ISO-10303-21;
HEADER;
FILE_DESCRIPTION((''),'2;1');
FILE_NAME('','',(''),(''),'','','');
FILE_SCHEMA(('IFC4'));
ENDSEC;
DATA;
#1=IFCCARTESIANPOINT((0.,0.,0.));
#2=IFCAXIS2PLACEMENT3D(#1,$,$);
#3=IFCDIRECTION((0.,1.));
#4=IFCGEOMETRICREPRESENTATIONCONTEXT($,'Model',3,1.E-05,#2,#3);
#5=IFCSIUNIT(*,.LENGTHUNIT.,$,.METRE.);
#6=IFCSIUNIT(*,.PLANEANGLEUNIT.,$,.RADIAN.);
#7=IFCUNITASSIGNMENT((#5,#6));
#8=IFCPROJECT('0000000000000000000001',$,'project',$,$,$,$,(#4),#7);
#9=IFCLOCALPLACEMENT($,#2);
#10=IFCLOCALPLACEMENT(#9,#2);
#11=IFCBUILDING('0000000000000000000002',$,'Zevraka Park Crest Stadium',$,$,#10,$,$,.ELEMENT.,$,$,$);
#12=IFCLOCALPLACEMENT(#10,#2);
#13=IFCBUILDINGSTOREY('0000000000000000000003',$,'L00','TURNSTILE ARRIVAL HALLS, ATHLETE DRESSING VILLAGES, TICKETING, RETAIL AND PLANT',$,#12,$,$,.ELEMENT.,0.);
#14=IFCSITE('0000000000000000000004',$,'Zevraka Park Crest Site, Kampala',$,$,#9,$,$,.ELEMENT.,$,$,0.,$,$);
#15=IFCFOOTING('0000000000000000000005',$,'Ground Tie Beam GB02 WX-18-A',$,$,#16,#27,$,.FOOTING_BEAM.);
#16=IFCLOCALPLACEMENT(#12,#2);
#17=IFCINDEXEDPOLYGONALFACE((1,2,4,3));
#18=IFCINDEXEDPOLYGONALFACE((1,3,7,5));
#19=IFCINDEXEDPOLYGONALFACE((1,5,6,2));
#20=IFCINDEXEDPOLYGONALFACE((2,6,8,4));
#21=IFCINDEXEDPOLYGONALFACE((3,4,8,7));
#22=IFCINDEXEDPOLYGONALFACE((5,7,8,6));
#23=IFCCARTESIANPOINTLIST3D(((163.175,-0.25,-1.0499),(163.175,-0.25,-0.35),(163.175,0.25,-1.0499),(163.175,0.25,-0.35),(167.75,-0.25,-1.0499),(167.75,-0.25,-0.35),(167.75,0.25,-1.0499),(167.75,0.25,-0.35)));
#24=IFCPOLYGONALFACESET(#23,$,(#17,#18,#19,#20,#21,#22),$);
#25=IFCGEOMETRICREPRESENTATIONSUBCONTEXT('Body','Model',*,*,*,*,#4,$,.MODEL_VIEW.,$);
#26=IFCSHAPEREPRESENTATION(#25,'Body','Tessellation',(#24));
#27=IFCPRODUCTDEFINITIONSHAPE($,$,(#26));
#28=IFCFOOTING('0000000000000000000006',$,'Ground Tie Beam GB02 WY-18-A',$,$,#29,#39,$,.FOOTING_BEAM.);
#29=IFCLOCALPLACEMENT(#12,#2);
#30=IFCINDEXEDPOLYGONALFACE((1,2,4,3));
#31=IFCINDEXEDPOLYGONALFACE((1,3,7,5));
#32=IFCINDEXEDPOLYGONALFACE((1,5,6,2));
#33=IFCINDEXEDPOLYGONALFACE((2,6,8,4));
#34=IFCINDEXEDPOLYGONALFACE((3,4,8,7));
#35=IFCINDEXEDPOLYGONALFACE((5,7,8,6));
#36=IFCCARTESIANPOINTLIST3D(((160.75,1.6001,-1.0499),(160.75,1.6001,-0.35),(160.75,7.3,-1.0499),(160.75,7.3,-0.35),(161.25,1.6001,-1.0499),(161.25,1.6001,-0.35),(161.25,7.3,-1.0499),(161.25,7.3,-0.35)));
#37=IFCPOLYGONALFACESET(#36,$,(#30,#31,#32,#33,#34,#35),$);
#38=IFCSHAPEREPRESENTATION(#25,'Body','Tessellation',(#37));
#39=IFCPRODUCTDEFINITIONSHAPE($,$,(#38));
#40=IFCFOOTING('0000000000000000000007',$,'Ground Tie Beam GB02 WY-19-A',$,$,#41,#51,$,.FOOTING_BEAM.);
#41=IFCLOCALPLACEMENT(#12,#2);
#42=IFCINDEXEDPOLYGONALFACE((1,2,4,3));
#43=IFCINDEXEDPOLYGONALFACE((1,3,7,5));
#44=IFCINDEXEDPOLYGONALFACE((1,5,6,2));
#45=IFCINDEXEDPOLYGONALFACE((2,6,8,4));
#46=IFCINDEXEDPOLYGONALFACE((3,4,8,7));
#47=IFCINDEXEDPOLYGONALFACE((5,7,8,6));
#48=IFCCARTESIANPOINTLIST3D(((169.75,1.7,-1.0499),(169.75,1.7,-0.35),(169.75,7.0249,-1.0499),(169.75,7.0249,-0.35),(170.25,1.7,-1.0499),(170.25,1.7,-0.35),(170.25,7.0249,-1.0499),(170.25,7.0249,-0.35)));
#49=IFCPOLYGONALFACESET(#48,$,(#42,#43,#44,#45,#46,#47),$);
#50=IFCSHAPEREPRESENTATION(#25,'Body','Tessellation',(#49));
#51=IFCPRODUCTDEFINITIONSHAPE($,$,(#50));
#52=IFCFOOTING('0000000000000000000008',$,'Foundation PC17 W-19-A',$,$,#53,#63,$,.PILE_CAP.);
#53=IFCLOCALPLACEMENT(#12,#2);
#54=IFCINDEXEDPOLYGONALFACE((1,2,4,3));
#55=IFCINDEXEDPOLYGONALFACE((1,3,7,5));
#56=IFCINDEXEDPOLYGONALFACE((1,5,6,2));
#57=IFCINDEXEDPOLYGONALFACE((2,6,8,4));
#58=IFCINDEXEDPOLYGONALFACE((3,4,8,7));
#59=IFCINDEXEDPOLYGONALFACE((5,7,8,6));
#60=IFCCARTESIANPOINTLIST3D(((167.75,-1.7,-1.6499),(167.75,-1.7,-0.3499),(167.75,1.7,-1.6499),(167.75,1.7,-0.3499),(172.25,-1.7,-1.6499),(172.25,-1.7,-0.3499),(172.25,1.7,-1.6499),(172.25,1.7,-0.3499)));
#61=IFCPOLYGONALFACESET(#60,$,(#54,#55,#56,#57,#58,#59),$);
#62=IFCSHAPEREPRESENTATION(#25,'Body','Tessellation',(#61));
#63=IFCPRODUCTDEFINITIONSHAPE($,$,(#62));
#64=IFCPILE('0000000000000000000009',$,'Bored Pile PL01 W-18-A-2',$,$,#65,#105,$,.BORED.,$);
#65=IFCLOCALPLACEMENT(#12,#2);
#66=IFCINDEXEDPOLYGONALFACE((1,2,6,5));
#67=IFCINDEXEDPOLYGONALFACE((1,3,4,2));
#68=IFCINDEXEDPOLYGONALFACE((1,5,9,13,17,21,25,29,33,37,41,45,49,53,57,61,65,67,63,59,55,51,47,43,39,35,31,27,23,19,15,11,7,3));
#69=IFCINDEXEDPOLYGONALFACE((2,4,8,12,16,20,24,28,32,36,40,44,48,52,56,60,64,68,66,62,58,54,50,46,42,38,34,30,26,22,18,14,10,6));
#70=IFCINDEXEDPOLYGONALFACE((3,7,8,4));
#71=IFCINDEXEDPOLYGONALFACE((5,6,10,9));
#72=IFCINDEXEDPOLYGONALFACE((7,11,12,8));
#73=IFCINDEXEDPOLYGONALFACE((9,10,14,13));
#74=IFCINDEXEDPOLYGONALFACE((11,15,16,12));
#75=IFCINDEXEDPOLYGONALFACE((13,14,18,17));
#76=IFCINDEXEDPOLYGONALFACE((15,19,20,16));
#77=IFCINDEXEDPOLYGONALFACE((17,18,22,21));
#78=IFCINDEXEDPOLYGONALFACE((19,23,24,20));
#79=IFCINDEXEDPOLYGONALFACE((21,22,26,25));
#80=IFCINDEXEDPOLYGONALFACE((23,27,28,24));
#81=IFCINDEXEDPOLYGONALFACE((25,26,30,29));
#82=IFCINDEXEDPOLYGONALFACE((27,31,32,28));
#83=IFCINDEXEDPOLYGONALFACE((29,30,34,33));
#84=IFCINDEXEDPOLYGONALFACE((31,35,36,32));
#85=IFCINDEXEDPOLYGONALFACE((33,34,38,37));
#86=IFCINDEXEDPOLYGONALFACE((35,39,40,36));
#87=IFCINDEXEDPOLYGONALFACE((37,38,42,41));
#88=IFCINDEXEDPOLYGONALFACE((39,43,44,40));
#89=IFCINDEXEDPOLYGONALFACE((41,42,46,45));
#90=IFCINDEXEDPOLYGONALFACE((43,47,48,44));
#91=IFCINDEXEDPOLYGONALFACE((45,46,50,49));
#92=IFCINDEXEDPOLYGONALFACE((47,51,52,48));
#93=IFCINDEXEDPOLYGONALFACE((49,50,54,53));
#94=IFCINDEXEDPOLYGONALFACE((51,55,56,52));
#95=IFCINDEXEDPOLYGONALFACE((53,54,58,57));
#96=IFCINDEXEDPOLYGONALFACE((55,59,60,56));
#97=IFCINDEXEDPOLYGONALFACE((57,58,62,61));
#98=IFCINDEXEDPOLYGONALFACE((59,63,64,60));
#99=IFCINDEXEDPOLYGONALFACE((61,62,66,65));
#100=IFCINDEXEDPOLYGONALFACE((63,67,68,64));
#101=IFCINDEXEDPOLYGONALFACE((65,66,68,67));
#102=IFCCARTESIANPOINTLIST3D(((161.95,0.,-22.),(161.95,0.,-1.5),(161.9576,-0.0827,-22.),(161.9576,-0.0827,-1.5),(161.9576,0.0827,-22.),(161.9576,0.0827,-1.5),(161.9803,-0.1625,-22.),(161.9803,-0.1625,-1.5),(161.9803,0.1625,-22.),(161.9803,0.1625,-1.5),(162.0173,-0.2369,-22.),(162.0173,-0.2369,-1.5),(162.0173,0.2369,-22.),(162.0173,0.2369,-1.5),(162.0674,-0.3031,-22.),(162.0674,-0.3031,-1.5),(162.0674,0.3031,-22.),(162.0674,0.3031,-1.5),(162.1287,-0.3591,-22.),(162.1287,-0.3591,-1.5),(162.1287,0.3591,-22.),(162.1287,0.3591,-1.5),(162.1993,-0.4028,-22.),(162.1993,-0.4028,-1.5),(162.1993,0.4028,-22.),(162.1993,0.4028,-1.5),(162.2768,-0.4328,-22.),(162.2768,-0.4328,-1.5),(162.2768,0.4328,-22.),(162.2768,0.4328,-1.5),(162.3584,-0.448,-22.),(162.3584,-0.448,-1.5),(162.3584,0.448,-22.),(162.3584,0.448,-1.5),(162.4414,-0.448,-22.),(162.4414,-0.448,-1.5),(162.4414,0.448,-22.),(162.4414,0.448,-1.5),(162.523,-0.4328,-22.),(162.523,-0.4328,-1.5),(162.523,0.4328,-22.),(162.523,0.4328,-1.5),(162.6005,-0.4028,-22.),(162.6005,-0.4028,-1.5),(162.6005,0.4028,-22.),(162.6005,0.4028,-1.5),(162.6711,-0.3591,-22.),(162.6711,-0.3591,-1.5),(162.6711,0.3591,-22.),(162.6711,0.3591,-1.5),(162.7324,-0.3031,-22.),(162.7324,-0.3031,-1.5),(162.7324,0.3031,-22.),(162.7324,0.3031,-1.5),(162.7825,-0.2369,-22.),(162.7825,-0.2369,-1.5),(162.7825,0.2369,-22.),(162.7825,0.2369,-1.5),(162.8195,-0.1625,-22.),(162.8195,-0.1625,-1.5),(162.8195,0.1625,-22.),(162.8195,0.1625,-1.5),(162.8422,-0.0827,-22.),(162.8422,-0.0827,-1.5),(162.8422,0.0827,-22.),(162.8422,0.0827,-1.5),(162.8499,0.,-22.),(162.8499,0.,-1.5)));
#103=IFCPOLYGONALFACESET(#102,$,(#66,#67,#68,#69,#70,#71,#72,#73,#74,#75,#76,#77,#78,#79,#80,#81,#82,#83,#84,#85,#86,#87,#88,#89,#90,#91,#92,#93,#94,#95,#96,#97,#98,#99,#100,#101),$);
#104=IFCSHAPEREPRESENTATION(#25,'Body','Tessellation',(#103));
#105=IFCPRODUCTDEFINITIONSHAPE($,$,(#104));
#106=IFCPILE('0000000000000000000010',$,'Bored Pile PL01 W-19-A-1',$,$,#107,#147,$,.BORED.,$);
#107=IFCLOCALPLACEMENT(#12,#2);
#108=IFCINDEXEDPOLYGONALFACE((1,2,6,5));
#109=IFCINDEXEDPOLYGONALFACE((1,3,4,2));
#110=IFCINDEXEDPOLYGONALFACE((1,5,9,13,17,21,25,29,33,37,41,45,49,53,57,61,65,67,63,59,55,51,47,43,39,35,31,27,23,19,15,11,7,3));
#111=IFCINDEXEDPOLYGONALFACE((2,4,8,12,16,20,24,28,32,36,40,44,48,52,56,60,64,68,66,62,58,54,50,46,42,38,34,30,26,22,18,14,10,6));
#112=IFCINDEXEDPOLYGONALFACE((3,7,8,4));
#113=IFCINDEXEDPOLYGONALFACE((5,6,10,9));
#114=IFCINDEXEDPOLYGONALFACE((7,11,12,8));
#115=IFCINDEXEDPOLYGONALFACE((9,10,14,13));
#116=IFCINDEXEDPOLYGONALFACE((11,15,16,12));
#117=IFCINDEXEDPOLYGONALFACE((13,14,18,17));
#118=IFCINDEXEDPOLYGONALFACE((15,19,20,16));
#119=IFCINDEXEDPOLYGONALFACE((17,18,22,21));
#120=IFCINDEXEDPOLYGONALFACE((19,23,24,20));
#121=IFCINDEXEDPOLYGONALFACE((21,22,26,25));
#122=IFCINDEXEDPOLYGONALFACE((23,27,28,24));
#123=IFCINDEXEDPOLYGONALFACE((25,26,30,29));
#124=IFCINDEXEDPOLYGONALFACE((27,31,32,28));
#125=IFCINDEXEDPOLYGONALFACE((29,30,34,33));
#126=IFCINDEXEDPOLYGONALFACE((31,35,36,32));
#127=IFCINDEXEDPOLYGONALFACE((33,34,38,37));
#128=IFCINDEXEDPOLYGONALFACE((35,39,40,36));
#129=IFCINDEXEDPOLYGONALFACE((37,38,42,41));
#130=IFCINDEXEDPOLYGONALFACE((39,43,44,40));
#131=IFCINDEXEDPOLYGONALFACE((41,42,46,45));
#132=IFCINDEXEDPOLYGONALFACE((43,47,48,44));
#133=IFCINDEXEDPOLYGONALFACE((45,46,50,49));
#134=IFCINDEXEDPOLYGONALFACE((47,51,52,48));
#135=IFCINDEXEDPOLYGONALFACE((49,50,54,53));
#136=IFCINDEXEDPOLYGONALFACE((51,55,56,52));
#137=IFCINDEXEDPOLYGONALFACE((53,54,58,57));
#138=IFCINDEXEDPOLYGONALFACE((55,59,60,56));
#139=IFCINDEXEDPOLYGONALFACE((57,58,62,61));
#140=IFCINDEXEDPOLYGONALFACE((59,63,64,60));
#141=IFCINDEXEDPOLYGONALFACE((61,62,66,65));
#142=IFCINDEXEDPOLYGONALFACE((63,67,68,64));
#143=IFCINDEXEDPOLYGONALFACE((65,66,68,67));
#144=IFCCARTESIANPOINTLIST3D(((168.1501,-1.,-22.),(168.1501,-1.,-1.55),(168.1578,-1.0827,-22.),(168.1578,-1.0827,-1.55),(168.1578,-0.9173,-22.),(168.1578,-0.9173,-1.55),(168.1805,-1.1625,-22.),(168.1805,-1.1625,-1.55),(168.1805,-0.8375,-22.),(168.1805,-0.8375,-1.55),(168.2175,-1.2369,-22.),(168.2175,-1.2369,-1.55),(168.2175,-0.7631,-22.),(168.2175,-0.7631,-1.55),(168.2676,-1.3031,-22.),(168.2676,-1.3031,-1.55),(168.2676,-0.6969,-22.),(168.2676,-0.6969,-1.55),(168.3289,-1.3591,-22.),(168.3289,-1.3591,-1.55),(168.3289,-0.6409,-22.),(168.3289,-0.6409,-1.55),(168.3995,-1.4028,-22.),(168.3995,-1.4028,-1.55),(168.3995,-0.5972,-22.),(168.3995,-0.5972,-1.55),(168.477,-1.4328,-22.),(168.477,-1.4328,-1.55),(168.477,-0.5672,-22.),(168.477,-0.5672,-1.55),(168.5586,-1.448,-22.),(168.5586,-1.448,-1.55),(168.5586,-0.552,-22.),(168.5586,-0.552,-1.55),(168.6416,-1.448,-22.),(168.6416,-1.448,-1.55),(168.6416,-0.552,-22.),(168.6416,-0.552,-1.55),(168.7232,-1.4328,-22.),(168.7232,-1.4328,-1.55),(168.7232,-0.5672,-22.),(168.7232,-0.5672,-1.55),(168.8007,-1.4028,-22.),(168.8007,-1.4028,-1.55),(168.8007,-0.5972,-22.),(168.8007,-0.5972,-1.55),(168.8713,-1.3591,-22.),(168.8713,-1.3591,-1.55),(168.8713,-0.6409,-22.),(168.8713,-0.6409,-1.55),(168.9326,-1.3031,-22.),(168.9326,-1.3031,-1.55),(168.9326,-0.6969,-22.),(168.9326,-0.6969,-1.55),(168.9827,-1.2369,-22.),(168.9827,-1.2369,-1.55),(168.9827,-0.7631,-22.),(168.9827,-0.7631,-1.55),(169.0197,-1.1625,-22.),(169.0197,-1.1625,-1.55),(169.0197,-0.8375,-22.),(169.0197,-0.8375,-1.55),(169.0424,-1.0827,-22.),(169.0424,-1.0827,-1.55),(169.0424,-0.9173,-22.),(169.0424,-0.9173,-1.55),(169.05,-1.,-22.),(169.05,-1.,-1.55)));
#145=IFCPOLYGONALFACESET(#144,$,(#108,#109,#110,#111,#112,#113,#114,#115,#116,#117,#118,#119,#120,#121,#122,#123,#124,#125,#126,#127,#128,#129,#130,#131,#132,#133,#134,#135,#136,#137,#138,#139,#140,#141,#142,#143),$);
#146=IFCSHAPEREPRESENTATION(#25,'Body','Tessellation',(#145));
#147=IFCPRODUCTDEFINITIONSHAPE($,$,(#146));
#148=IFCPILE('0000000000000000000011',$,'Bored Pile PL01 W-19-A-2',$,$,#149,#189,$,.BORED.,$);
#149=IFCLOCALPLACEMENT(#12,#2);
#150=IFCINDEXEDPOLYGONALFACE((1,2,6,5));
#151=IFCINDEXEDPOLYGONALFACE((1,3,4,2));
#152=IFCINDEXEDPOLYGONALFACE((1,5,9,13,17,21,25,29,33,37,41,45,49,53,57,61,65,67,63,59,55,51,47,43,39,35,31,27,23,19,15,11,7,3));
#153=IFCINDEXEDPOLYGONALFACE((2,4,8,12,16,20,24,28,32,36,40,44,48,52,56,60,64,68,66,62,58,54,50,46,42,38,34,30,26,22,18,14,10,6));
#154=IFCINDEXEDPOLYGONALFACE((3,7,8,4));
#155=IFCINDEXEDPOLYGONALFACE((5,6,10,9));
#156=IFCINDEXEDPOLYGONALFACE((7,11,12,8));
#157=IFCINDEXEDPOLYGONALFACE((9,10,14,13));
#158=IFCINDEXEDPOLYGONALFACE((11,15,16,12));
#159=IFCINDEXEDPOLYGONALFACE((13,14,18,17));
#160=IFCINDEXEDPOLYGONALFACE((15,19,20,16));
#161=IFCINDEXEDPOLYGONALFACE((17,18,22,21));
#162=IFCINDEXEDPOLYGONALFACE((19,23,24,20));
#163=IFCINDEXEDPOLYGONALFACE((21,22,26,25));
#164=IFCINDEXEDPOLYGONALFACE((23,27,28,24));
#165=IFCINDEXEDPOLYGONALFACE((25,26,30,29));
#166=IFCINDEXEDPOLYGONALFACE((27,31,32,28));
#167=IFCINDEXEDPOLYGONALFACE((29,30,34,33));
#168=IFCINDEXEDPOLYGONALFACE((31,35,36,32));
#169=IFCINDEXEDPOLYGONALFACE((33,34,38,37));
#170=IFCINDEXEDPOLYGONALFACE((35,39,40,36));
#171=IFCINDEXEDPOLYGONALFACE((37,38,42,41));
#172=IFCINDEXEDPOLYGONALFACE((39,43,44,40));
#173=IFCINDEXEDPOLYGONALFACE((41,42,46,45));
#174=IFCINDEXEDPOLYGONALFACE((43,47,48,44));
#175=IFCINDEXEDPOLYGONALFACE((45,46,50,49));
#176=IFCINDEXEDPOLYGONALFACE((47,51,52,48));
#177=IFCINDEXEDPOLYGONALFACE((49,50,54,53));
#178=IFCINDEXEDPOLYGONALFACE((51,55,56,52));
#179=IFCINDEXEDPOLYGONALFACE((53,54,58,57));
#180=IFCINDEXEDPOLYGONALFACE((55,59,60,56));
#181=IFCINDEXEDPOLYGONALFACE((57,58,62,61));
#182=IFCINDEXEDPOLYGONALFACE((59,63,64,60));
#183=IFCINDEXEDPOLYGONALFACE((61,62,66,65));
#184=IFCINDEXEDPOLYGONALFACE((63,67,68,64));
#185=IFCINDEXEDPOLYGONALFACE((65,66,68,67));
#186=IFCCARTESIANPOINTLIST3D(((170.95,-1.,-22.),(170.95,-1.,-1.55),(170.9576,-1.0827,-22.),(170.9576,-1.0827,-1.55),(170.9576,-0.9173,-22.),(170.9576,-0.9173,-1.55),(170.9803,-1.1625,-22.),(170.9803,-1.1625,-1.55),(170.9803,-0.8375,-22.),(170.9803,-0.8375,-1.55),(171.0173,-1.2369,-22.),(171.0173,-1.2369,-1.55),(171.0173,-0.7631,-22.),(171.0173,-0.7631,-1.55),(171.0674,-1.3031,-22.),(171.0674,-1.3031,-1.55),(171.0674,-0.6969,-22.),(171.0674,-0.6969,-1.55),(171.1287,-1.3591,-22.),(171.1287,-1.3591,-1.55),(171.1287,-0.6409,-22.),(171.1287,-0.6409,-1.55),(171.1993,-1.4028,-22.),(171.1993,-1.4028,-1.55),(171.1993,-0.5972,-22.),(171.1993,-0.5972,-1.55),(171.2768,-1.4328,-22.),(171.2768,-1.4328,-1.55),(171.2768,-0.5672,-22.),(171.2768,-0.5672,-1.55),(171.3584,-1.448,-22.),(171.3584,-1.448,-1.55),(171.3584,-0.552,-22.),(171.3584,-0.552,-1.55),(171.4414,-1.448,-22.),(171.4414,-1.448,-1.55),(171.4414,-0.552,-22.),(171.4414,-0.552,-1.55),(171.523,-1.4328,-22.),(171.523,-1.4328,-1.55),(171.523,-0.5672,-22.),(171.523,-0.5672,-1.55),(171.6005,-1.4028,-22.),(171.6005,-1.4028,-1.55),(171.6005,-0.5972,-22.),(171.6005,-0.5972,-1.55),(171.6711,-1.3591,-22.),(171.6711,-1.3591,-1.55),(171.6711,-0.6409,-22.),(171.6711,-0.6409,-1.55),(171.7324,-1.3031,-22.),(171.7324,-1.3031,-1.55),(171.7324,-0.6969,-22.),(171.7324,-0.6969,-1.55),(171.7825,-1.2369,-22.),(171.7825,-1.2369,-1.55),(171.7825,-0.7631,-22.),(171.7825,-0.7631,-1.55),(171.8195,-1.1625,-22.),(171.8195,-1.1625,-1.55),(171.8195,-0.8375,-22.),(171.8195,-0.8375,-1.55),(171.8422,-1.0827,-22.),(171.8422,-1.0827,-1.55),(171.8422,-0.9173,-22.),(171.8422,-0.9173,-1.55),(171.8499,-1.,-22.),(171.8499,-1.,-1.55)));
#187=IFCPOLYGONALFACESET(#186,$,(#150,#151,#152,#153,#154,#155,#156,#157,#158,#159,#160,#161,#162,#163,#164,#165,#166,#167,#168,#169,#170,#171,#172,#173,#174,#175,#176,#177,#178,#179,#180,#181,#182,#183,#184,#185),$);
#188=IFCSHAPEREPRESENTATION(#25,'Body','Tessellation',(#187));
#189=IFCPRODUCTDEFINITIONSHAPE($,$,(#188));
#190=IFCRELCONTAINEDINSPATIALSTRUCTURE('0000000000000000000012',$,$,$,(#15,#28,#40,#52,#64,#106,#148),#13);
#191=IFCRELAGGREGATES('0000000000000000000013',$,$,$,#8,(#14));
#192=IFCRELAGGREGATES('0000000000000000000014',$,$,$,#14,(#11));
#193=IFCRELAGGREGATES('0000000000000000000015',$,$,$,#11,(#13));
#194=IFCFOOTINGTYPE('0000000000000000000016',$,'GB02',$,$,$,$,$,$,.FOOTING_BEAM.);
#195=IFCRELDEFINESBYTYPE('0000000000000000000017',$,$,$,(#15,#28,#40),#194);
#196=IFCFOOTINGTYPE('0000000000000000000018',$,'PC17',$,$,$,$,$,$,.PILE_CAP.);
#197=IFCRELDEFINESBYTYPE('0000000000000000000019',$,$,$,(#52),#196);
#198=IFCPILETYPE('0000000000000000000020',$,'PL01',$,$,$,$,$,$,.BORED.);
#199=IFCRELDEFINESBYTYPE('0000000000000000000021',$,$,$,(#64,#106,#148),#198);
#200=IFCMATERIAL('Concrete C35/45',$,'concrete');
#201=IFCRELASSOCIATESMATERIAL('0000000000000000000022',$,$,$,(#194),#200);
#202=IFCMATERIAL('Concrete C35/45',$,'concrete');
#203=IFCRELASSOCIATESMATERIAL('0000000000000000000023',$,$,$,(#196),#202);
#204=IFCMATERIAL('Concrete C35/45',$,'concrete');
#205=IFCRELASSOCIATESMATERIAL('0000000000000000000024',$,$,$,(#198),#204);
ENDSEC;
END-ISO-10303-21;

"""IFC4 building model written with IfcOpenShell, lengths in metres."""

from ifc_helpers import new_model, si_unit, direction, frame, origin, origin_2d, place, context, subcontext, project, spatial, rectangle, circle, extrude, material, material_profile, profile_set, type_object, element, save


model = new_model("IFC4")

# Units and contexts
model_context = context("Model", 3, precision=1e-05, world=origin(), true_north=direction((0.0, 1.0)))
body_context = subcontext(model_context, "Body", "Model", "MODEL_VIEW")
ifc_project = project(units=[si_unit("LENGTHUNIT", "METRE"), si_unit("PLANEANGLEUNIT", "RADIAN")], contexts=[model_context])

# Site, building, storey
site_placement = place(None, origin())
site = spatial("IfcSite", under=ifc_project, at=site_placement, Name="Zevraka Park Crest Site, Kampala", CompositionType="ELEMENT", RefElevation=0.0)
building_placement = place(site_placement, origin())
building = spatial("IfcBuilding", under=site, at=building_placement, Name="Zevraka Park Crest Stadium", CompositionType="ELEMENT")
storey_placement = place(building_placement, origin())
storey = spatial("IfcBuildingStorey", under=building, at=storey_placement, Name="L00", Description="TURNSTILE ARRIVAL HALLS, ATHLETE DRESSING VILLAGES, TICKETING, RETAIL AND PLANT", CompositionType="ELEMENT", Elevation=0.0)

# Footings
ifc_material_1 = material(Name="Concrete C35/45", Category="concrete")
ifc_material_profile_1 = material_profile(ifc_material_1, rectangle(XDim=0.5, YDim=0.7, at=origin_2d()), Name="GB 700x500")
ifc_profile_set_1 = profile_set([ifc_material_profile_1], Name="Concrete C35/45")
footing_type_1 = type_object("IfcFootingType", Name="GB02", PredefinedType="FOOTING_BEAM", material=ifc_profile_set_1)
footing_1_placement = place(storey_placement, frame((163.175, 0.0, -0.7), z_axis=(1.0, 0.0, 0.0), x_axis=(0.0, 1.0, 0.0)))
element("IfcFooting", 1, at=footing_1_placement, inside=storey, type_object=footing_type_1, Name="Ground Tie Beam GB02 WX-18-A", PredefinedType="FOOTING_BEAM", context=body_context, shape_type="SweptSolid", body=[
    extrude(rectangle(XDim=0.5, YDim=0.7, at=origin_2d()), origin(), (0.0, 0.0, 1.0), 4.575),
])
footing_2_placement = place(storey_placement, frame((161.0, 1.6001, -0.7), z_axis=(0.0, 1.0, 0.0), x_axis=(-1.0, 0.0, 0.0)))
element("IfcFooting", 2, at=footing_2_placement, inside=storey, type_object=footing_type_1, Name="Ground Tie Beam GB02 WY-18-A", PredefinedType="FOOTING_BEAM", context=body_context, shape_type="SweptSolid", body=[
    extrude(rectangle(XDim=0.5, YDim=0.7, at=origin_2d()), origin(), (0.0, 0.0, 1.0), 5.7),
])
footing_3_placement = place(storey_placement, frame((170.0, 1.7, -0.7), z_axis=(0.0, 1.0, 0.0), x_axis=(-1.0, 0.0, 0.0)))
element("IfcFooting", 3, at=footing_3_placement, inside=storey, type_object=footing_type_1, Name="Ground Tie Beam GB02 WY-19-A", PredefinedType="FOOTING_BEAM", context=body_context, shape_type="SweptSolid", body=[
    extrude(rectangle(XDim=0.5, YDim=0.7, at=origin_2d()), origin(), (0.0, 0.0, 1.0), 5.325),
])
ifc_material_2 = material(Name="Concrete C35/45", Category="concrete")
footing_type_2 = type_object("IfcFootingType", Name="PC17", PredefinedType="PILE_CAP", material=ifc_material_2)
footing_4_placement = place(storey_placement, frame((170.0, 0.0, -1.6499), z_axis=(0.0, 0.0, 1.0), x_axis=(1.0, 0.0, 0.0)))
element("IfcFooting", 4, at=footing_4_placement, inside=storey, type_object=footing_type_2, Name="Foundation PC17 W-19-A", PredefinedType="PILE_CAP", context=body_context, shape_type="SweptSolid", body=[
    extrude(rectangle(XDim=4.5, YDim=3.3999, at=origin_2d()), origin(), (0.0, 0.0, 1.0), 1.3),
])

# Piles
ifc_material_3 = material(Name="Concrete C35/45", Category="concrete")
ifc_material_profile_2 = material_profile(ifc_material_3, circle(Radius=0.45, at=origin_2d()), Name="PILE D900")
ifc_profile_set_2 = profile_set([ifc_material_profile_2], Name="Concrete C35/45")
pile_type = type_object("IfcPileType", Name="PL01", PredefinedType="BORED", material=ifc_profile_set_2)
pile_placement = place(storey_placement, frame((162.3999, 0.0, -1.5), z_axis=(0.0, 0.0, -1.0), x_axis=(1.0, 0.0, 0.0)))
element("IfcPile", 5, at=pile_placement, inside=storey, type_object=pile_type, Name="Bored Pile PL01 W-18-A-2", PredefinedType="BORED", context=body_context, shape_type="SweptSolid", body=[
    extrude(circle(Radius=0.45, at=origin_2d()), origin(), (0.0, 0.0, 1.0), 20.5),
])
for number, where, z_axis, x_axis, name in (
    (6, (168.6001, -1.0, -1.55), (0.0, 0.0, -1.0), (1.0, 0.0, 0.0), "Bored Pile PL01 W-19-A-1"),
    (7, (171.3999, -1.0, -1.55), (0.0, 0.0, -1.0), (1.0, 0.0, 0.0), "Bored Pile PL01 W-19-A-2"),
):
    element("IfcPile", number, at=place(storey_placement, frame(where, z_axis=z_axis, x_axis=x_axis)), inside=storey, type_object=pile_type, Name=name, PredefinedType="BORED", context=body_context, shape_type="SweptSolid", body=[
        extrude(circle(Radius=0.45, at=origin_2d()), origin(), (0.0, 0.0, 1.0), 20.45),
    ])

save(model, "model.ifc")
